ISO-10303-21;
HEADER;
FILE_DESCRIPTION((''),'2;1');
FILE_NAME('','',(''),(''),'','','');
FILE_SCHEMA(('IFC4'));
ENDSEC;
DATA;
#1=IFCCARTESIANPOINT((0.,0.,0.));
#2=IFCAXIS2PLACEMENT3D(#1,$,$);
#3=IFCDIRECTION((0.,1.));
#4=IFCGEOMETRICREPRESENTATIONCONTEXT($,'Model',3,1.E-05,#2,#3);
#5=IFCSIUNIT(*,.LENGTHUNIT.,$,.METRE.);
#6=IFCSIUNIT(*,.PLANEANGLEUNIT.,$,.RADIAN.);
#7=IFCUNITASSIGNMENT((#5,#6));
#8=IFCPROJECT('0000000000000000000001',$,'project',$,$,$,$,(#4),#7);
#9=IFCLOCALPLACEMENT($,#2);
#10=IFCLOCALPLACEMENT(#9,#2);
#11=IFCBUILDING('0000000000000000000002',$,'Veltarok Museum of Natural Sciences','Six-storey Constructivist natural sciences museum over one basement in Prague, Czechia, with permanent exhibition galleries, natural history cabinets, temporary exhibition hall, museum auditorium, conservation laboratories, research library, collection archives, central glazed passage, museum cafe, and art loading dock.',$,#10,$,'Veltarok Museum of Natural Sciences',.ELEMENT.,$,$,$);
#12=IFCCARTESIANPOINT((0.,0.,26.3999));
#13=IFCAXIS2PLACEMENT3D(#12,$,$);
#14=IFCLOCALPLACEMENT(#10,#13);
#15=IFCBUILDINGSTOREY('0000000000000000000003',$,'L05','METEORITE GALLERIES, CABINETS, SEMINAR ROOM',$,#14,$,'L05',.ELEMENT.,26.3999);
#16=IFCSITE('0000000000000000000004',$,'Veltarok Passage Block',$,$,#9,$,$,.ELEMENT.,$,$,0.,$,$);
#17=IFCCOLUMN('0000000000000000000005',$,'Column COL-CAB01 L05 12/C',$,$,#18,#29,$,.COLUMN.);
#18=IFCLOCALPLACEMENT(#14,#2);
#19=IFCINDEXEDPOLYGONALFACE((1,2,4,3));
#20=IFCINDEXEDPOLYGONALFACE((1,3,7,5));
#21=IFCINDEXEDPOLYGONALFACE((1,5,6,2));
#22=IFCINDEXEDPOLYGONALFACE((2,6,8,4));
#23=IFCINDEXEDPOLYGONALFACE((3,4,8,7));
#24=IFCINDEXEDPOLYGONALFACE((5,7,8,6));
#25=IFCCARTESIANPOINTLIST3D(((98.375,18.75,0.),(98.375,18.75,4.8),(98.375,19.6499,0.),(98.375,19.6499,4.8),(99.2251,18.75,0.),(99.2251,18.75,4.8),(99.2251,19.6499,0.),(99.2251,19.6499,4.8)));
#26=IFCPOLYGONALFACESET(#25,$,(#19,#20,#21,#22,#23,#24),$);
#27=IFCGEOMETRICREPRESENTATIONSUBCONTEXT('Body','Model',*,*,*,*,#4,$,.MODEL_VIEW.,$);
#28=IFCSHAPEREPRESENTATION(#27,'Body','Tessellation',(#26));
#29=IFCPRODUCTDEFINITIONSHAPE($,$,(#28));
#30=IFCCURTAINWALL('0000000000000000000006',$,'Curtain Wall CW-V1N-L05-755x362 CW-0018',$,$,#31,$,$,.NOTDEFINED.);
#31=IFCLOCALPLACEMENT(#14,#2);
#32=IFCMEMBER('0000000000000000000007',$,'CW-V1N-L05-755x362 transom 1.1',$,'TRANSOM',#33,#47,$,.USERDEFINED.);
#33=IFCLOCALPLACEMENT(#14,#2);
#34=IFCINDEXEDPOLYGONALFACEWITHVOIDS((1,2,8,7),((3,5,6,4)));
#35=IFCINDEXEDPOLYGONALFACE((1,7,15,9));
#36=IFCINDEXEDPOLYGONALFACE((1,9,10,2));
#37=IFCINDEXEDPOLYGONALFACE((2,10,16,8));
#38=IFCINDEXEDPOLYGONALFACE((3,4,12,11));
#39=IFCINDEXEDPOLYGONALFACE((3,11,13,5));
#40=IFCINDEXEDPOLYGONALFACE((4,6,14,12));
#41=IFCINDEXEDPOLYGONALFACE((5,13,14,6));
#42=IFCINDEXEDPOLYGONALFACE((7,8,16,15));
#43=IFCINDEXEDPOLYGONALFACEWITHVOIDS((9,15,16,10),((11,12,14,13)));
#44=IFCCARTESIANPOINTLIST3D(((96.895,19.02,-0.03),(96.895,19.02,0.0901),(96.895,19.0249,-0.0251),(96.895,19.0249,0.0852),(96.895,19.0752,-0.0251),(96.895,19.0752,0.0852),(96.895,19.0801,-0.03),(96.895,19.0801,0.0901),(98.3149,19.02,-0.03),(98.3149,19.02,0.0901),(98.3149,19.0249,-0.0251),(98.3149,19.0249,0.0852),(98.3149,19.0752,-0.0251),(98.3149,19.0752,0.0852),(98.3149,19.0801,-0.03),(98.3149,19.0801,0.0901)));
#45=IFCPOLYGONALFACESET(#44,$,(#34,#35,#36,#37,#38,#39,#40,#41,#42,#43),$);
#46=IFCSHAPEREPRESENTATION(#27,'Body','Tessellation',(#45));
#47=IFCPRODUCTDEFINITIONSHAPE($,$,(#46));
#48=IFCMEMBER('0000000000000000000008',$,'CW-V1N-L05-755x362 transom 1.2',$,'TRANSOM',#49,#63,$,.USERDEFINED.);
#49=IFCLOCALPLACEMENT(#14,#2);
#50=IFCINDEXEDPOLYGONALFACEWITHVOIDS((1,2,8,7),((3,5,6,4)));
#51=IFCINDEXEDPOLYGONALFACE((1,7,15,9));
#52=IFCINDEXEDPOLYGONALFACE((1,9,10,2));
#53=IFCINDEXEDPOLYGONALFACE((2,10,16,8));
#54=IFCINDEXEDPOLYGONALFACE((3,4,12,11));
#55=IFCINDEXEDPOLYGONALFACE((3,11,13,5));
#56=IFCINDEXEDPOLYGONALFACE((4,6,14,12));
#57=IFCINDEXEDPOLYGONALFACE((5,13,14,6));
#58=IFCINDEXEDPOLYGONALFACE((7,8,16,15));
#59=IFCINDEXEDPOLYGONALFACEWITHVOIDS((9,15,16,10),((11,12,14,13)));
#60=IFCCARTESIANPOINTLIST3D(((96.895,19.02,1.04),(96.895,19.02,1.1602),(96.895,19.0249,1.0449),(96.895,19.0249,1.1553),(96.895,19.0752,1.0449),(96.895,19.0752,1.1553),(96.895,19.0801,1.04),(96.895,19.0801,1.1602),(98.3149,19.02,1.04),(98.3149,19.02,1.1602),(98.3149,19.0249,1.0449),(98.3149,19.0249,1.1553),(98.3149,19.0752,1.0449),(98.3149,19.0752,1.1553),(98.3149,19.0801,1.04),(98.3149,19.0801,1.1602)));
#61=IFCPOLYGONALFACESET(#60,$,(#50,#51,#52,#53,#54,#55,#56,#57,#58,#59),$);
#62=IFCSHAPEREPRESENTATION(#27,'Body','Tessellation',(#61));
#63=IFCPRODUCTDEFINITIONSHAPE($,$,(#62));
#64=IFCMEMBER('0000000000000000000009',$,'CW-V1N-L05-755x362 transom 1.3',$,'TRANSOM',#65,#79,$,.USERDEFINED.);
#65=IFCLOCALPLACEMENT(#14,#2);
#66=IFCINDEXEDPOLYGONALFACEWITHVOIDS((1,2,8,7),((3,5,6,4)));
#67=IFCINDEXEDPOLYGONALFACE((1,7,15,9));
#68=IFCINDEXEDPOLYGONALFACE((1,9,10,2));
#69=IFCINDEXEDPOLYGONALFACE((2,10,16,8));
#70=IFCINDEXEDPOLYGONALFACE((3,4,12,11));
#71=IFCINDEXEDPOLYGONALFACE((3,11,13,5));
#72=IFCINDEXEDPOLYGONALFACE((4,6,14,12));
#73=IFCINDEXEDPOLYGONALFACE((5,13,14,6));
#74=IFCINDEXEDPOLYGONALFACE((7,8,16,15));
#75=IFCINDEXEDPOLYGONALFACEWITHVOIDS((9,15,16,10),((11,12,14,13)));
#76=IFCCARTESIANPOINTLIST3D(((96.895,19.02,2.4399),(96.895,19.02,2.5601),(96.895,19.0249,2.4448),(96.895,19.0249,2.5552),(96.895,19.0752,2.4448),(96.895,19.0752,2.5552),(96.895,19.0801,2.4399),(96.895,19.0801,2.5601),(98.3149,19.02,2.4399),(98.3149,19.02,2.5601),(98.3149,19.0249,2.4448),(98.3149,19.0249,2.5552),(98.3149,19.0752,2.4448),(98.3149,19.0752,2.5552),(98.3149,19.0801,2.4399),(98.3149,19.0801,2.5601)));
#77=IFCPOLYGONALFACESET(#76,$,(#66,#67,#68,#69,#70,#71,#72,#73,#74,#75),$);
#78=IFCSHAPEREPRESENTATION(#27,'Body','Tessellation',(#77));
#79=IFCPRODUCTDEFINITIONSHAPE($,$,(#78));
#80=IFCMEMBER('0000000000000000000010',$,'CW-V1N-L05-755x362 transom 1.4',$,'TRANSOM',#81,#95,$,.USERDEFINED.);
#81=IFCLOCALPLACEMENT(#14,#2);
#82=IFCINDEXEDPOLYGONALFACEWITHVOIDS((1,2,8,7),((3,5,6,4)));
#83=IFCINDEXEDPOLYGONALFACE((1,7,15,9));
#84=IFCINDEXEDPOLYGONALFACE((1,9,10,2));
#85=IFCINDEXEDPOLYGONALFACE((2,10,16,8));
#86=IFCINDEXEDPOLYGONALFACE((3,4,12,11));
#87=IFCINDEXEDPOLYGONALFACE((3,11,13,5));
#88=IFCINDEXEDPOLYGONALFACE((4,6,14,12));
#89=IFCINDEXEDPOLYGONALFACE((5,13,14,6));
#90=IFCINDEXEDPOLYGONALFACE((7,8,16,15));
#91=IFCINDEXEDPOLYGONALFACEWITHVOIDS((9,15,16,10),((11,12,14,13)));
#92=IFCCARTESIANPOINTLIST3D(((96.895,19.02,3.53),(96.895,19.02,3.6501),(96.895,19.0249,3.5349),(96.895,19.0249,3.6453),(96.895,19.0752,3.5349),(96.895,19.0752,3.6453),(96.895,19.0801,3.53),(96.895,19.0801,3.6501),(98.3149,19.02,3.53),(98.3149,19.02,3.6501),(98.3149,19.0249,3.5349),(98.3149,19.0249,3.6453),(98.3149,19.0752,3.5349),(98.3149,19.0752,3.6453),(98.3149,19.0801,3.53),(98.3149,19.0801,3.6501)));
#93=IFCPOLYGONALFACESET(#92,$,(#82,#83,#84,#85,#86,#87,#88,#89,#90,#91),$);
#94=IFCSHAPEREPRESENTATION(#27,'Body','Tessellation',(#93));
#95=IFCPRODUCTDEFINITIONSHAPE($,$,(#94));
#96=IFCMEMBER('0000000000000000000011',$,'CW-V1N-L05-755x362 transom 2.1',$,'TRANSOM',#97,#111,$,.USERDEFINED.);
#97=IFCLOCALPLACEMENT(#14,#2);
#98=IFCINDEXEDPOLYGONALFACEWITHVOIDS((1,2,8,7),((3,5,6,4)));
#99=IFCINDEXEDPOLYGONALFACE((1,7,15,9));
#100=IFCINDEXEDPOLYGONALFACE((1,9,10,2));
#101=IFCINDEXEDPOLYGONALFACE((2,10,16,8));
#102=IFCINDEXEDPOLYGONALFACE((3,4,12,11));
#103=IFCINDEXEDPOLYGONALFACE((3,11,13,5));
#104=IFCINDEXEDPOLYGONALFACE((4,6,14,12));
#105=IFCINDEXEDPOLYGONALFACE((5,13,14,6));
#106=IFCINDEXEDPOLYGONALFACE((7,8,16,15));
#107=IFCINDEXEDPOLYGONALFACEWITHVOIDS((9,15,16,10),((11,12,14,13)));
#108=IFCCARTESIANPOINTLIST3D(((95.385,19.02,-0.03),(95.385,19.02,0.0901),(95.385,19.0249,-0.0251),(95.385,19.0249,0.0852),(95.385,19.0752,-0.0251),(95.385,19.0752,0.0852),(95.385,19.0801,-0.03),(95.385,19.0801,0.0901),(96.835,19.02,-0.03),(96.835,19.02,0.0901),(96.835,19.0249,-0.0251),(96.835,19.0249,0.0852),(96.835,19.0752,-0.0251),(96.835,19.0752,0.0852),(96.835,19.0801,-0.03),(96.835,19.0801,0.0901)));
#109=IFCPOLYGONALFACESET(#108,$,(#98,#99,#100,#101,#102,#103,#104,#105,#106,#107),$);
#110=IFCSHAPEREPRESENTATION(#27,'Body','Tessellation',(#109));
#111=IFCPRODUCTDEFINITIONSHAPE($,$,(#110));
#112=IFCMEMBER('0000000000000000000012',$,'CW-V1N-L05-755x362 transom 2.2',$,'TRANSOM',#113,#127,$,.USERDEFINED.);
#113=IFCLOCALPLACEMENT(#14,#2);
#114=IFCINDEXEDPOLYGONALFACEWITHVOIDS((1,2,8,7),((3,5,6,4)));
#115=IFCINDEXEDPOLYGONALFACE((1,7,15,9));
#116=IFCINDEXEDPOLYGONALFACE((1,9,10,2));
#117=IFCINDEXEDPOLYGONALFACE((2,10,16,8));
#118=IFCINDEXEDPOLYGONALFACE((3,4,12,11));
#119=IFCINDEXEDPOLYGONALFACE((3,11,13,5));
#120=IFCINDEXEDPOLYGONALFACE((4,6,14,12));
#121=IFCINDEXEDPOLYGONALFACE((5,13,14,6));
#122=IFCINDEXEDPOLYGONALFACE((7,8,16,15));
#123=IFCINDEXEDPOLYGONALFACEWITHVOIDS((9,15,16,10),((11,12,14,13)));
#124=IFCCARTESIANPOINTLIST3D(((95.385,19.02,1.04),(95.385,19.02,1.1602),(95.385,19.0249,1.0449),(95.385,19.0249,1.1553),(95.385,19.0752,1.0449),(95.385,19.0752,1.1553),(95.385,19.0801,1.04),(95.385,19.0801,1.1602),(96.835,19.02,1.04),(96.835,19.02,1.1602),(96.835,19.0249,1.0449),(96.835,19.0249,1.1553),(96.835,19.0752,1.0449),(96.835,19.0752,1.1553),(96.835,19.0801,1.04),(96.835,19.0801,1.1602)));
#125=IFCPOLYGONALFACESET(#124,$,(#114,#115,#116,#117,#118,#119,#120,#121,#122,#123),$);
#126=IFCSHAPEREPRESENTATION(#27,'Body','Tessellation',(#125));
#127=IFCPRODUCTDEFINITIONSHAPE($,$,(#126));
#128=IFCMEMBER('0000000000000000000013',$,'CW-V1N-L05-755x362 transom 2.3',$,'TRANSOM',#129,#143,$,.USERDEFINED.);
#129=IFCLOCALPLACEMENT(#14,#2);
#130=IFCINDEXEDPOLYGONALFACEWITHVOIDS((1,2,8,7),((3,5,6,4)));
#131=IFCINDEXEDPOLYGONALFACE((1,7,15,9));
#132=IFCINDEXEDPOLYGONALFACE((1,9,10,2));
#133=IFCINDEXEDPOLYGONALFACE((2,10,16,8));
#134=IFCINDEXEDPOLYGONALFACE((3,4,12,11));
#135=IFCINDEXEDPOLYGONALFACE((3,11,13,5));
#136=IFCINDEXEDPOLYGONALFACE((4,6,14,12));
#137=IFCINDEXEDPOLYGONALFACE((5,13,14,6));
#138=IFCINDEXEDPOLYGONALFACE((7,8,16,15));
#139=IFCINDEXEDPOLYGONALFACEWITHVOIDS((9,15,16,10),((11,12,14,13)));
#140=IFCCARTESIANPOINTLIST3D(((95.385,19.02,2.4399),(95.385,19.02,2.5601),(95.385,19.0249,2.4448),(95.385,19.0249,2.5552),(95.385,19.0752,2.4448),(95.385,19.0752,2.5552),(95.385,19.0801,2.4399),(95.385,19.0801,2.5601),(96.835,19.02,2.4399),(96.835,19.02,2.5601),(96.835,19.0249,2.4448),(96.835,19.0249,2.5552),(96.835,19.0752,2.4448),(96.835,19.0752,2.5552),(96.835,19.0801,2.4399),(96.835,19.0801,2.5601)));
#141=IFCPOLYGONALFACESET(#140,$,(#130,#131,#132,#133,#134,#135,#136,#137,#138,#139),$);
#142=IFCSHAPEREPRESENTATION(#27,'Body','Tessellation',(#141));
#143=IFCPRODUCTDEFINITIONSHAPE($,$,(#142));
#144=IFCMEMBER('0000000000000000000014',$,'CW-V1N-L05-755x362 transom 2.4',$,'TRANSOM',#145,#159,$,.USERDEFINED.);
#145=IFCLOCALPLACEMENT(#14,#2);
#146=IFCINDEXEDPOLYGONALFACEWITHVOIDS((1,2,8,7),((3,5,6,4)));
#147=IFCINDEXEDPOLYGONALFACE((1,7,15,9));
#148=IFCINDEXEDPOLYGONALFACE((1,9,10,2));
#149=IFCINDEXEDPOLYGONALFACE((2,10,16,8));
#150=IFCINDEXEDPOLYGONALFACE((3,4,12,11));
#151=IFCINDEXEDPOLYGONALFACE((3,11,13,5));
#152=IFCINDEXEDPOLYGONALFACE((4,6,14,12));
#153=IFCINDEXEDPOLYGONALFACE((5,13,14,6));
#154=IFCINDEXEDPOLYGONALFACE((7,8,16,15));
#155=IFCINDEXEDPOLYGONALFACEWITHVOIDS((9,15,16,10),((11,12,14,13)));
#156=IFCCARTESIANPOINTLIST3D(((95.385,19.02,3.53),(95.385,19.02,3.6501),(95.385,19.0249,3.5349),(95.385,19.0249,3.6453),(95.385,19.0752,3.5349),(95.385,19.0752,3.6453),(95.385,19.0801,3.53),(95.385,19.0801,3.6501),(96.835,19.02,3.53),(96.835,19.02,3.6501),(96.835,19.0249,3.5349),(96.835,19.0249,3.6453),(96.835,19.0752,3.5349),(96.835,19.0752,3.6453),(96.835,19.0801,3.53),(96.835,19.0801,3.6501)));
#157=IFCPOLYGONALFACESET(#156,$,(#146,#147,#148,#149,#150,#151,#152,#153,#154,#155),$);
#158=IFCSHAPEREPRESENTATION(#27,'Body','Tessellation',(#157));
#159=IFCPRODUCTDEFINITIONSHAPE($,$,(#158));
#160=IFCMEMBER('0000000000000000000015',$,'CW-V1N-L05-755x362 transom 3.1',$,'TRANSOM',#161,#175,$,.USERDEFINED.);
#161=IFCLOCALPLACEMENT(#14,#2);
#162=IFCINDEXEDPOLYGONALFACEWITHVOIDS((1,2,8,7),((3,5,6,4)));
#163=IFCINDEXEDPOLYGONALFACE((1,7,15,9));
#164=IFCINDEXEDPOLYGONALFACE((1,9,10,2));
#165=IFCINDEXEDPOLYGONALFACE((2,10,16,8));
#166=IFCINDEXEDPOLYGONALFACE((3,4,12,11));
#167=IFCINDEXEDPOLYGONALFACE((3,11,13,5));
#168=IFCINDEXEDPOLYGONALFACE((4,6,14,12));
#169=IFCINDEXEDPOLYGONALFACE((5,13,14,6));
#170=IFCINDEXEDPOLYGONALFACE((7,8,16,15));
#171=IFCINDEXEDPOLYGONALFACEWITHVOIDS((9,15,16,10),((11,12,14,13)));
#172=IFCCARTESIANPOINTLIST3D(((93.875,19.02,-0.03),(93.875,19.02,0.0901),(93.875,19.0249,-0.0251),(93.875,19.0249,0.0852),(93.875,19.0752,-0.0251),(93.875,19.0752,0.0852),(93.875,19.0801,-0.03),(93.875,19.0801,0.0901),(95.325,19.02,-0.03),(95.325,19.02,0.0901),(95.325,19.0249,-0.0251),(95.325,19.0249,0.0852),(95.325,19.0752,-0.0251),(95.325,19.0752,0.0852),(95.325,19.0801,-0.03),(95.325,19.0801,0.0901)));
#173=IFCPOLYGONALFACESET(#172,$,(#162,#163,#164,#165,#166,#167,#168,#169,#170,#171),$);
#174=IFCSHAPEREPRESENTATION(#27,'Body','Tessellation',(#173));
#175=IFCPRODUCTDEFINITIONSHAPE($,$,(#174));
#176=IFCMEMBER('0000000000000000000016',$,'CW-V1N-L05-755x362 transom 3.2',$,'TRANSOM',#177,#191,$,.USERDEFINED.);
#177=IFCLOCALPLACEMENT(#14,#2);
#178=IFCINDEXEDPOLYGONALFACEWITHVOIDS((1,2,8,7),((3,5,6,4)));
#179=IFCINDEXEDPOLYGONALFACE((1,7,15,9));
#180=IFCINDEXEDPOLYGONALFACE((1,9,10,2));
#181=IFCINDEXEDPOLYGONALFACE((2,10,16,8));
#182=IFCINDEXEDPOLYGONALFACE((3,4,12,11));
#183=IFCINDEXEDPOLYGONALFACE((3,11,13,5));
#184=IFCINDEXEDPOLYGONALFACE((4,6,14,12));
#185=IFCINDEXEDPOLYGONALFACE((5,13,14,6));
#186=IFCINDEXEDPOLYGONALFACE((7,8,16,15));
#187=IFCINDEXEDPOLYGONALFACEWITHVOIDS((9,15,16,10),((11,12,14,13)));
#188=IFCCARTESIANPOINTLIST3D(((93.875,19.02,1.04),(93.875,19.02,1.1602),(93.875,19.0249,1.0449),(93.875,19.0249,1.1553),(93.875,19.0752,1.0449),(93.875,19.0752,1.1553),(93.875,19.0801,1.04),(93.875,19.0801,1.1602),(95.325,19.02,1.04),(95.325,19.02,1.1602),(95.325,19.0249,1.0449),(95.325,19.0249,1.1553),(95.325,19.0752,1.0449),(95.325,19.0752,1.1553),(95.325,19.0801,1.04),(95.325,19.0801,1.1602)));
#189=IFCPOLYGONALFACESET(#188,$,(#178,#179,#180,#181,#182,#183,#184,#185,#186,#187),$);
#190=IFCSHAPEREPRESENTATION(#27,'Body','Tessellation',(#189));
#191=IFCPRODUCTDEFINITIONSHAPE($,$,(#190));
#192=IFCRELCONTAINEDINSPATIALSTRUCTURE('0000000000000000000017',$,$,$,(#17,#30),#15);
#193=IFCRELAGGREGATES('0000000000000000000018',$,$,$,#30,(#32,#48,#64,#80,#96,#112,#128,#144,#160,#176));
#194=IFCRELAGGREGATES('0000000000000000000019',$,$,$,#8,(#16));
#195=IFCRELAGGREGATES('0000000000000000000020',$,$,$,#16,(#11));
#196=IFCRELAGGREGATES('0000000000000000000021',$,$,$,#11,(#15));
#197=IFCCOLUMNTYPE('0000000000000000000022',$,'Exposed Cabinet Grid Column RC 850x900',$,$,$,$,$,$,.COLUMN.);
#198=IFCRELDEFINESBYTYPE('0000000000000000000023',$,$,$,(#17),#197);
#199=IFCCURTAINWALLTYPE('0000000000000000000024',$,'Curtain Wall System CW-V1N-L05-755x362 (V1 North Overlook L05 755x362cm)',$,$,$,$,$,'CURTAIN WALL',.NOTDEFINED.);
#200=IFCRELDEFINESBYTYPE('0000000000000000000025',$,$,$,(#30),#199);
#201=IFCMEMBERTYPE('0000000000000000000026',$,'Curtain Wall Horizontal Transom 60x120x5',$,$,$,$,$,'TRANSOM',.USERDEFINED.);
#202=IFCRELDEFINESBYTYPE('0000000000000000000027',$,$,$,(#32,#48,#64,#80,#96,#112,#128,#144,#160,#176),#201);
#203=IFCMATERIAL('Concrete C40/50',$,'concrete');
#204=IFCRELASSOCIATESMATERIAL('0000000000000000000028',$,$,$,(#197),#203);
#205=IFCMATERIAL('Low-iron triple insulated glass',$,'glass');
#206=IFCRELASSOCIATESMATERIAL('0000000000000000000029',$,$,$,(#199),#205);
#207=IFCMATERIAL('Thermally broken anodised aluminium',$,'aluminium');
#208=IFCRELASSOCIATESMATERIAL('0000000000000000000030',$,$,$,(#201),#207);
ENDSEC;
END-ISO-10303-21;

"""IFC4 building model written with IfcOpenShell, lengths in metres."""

from ifc_helpers import new_model, si_unit, direction, frame, origin, origin_2d, place, context, subcontext, project, spatial, rectangle, hollow_rectangle, extrude, material, material_profile, profile_set, type_object, element, aggregate, save


model = new_model("IFC4")

# Units and contexts
model_context = context("Model", 3, precision=1e-05, world=origin(), true_north=direction((0.0, 1.0)))
body_context = subcontext(model_context, "Body", "Model", "MODEL_VIEW")
ifc_project = project(units=[si_unit("LENGTHUNIT", "METRE"), si_unit("PLANEANGLEUNIT", "RADIAN")], contexts=[model_context])

# Site, building, storey
site_placement = place(None, origin())
site = spatial("IfcSite", under=ifc_project, at=site_placement, Name="Veltarok Passage Block", CompositionType="ELEMENT", RefElevation=0.0)
building_placement = place(site_placement, origin())
building = spatial("IfcBuilding", under=site, at=building_placement, Name="Veltarok Museum of Natural Sciences", Description="Six-storey Constructivist natural sciences museum over one basement in Prague, Czechia, with permanent exhibition galleries, natural history cabinets, temporary exhibition hall, museum auditorium, conservation laboratories, research library, collection archives, central glazed passage, museum cafe, and art loading dock.", LongName="Veltarok Museum of Natural Sciences", CompositionType="ELEMENT")
storey_placement = place(building_placement, frame((0.0, 0.0, 26.3999)))
storey = spatial("IfcBuildingStorey", under=building, at=storey_placement, Name="L05", Description="METEORITE GALLERIES, CABINETS, SEMINAR ROOM", LongName="L05", CompositionType="ELEMENT", Elevation=26.3999)

# Column
ifc_material_1 = material(Name="Concrete C40/50", Category="concrete")
ifc_material_profile_1 = material_profile(ifc_material_1, rectangle(XDim=0.8501, YDim=0.8999, at=origin_2d()), Name="RC 850x900")
ifc_profile_set_1 = profile_set([ifc_material_profile_1], Name="Concrete C40/50")
column_type = type_object("IfcColumnType", Name="Exposed Cabinet Grid Column RC 850x900", PredefinedType="COLUMN", material=ifc_profile_set_1)
column_placement = place(storey_placement, frame((98.8, 19.2, 0.0), z_axis=(0.0, 0.0, 1.0), x_axis=(1.0, 0.0, 0.0)))
element("IfcColumn", 1, at=column_placement, inside=storey, type_object=column_type, Name="Column COL-CAB01 L05 12/C", PredefinedType="COLUMN", context=body_context, shape_type="SweptSolid", body=[
    extrude(rectangle(XDim=0.8501, YDim=0.8999, at=origin_2d()), origin(), (0.0, 0.0, 1.0), 4.8),
])

# Curtain wall, members
ifc_material_2 = material(Name="Low-iron triple insulated glass", Category="glass")
curtain_wall_type = type_object("IfcCurtainWallType", Name="Curtain Wall System CW-V1N-L05-755x362 (V1 North Overlook L05 755x362cm)", ElementType="CURTAIN WALL", PredefinedType="NOTDEFINED", material=ifc_material_2)
curtain_wall_placement = place(storey_placement, origin())
curtain_wall = element("IfcCurtainWall", 2, at=curtain_wall_placement, inside=storey, type_object=curtain_wall_type, Name="Curtain Wall CW-V1N-L05-755x362 CW-0018", PredefinedType="NOTDEFINED")
ifc_material_3 = material(Name="Thermally broken anodised aluminium", Category="aluminium")
ifc_material_profile_2 = material_profile(ifc_material_3, hollow_rectangle(XDim=0.0601, YDim=0.1201, WallThickness=0.0049, at=origin_2d()), Name="CW TRANSOM 60x120x5")
ifc_profile_set_2 = profile_set([ifc_material_profile_2], Name="Thermally broken anodised aluminium")
member_type_1 = type_object("IfcMemberType", Name="Curtain Wall Horizontal Transom 60x120x5", ElementType="TRANSOM", PredefinedType="USERDEFINED", material=ifc_profile_set_2)
member_1_placement = place(storey_placement, frame((98.3149, 19.05, 0.03), z_axis=(-1.0, 0.0, 0.0), x_axis=(0.0, -1.0, 0.0)))
member_1 = element("IfcMember", 3, at=member_1_placement, type_object=member_type_1, Name="CW-V1N-L05-755x362 transom 1.1", ObjectType="TRANSOM", PredefinedType="USERDEFINED", context=body_context, shape_type="SweptSolid", body=[
    extrude(hollow_rectangle(XDim=0.0601, YDim=0.1201, WallThickness=0.0049, at=origin_2d()), origin(), (0.0, 0.0, 1.0), 1.4199),
])
member_2_placement = place(storey_placement, frame((98.3149, 19.05, 1.1001), z_axis=(-1.0, 0.0, 0.0), x_axis=(0.0, -1.0, 0.0)))
member_2 = element("IfcMember", 4, at=member_2_placement, type_object=member_type_1, Name="CW-V1N-L05-755x362 transom 1.2", ObjectType="TRANSOM", PredefinedType="USERDEFINED", context=body_context, shape_type="SweptSolid", body=[
    extrude(hollow_rectangle(XDim=0.0601, YDim=0.1201, WallThickness=0.0049, at=origin_2d()), origin(), (0.0, 0.0, 1.0), 1.4199),
])
member_3_placement = place(storey_placement, frame((98.3149, 19.05, 2.5), z_axis=(-1.0, 0.0, 0.0), x_axis=(0.0, -1.0, 0.0)))
member_3 = element("IfcMember", 5, at=member_3_placement, type_object=member_type_1, Name="CW-V1N-L05-755x362 transom 1.3", ObjectType="TRANSOM", PredefinedType="USERDEFINED", context=body_context, shape_type="SweptSolid", body=[
    extrude(hollow_rectangle(XDim=0.0601, YDim=0.1201, WallThickness=0.0049, at=origin_2d()), origin(), (0.0, 0.0, 1.0), 1.4199),
])
member_4_placement = place(storey_placement, frame((98.3149, 19.05, 3.5901), z_axis=(-1.0, 0.0, 0.0), x_axis=(0.0, -1.0, 0.0)))
member_4 = element("IfcMember", 6, at=member_4_placement, type_object=member_type_1, Name="CW-V1N-L05-755x362 transom 1.4", ObjectType="TRANSOM", PredefinedType="USERDEFINED", context=body_context, shape_type="SweptSolid", body=[
    extrude(hollow_rectangle(XDim=0.0601, YDim=0.1201, WallThickness=0.0049, at=origin_2d()), origin(), (0.0, 0.0, 1.0), 1.4199),
])
member_5_placement = place(storey_placement, frame((96.835, 19.05, 0.03), z_axis=(-1.0, 0.0, 0.0), x_axis=(0.0, -1.0, 0.0)))
member_5 = element("IfcMember", 7, at=member_5_placement, type_object=member_type_1, Name="CW-V1N-L05-755x362 transom 2.1", ObjectType="TRANSOM", PredefinedType="USERDEFINED", context=body_context, shape_type="SweptSolid", body=[
    extrude(hollow_rectangle(XDim=0.0601, YDim=0.1201, WallThickness=0.0049, at=origin_2d()), origin(), (0.0, 0.0, 1.0), 1.45),
])
member_6_placement = place(storey_placement, frame((96.835, 19.05, 1.1001), z_axis=(-1.0, 0.0, 0.0), x_axis=(0.0, -1.0, 0.0)))
member_6 = element("IfcMember", 8, at=member_6_placement, type_object=member_type_1, Name="CW-V1N-L05-755x362 transom 2.2", ObjectType="TRANSOM", PredefinedType="USERDEFINED", context=body_context, shape_type="SweptSolid", body=[
    extrude(hollow_rectangle(XDim=0.0601, YDim=0.1201, WallThickness=0.0049, at=origin_2d()), origin(), (0.0, 0.0, 1.0), 1.45),
])
member_7_placement = place(storey_placement, frame((96.835, 19.05, 2.5), z_axis=(-1.0, 0.0, 0.0), x_axis=(0.0, -1.0, 0.0)))
member_7 = element("IfcMember", 9, at=member_7_placement, type_object=member_type_1, Name="CW-V1N-L05-755x362 transom 2.3", ObjectType="TRANSOM", PredefinedType="USERDEFINED", context=body_context, shape_type="SweptSolid", body=[
    extrude(hollow_rectangle(XDim=0.0601, YDim=0.1201, WallThickness=0.0049, at=origin_2d()), origin(), (0.0, 0.0, 1.0), 1.45),
])
member_8_placement = place(storey_placement, frame((96.835, 19.05, 3.5901), z_axis=(-1.0, 0.0, 0.0), x_axis=(0.0, -1.0, 0.0)))
member_8 = element("IfcMember", 10, at=member_8_placement, type_object=member_type_1, Name="CW-V1N-L05-755x362 transom 2.4", ObjectType="TRANSOM", PredefinedType="USERDEFINED", context=body_context, shape_type="SweptSolid", body=[
    extrude(hollow_rectangle(XDim=0.0601, YDim=0.1201, WallThickness=0.0049, at=origin_2d()), origin(), (0.0, 0.0, 1.0), 1.45),
])
member_9_placement = place(storey_placement, frame((95.325, 19.05, 0.03), z_axis=(-1.0, 0.0, 0.0), x_axis=(0.0, -1.0, 0.0)))
member_9 = element("IfcMember", 11, at=member_9_placement, type_object=member_type_1, Name="CW-V1N-L05-755x362 transom 3.1", ObjectType="TRANSOM", PredefinedType="USERDEFINED", context=body_context, shape_type="SweptSolid", body=[
    extrude(hollow_rectangle(XDim=0.0601, YDim=0.1201, WallThickness=0.0049, at=origin_2d()), origin(), (0.0, 0.0, 1.0), 1.45),
])
member_10_placement = place(storey_placement, frame((95.325, 19.05, 1.1001), z_axis=(-1.0, 0.0, 0.0), x_axis=(0.0, -1.0, 0.0)))
member_10 = element("IfcMember", 12, at=member_10_placement, type_object=member_type_1, Name="CW-V1N-L05-755x362 transom 3.2", ObjectType="TRANSOM", PredefinedType="USERDEFINED", context=body_context, shape_type="SweptSolid", body=[
    extrude(hollow_rectangle(XDim=0.0601, YDim=0.1201, WallThickness=0.0049, at=origin_2d()), origin(), (0.0, 0.0, 1.0), 1.45),
])
aggregate(curtain_wall, [member_1, member_2, member_3, member_4, member_5, member_6, member_7, member_8, member_9, member_10])

save(model, "model.ifc")
